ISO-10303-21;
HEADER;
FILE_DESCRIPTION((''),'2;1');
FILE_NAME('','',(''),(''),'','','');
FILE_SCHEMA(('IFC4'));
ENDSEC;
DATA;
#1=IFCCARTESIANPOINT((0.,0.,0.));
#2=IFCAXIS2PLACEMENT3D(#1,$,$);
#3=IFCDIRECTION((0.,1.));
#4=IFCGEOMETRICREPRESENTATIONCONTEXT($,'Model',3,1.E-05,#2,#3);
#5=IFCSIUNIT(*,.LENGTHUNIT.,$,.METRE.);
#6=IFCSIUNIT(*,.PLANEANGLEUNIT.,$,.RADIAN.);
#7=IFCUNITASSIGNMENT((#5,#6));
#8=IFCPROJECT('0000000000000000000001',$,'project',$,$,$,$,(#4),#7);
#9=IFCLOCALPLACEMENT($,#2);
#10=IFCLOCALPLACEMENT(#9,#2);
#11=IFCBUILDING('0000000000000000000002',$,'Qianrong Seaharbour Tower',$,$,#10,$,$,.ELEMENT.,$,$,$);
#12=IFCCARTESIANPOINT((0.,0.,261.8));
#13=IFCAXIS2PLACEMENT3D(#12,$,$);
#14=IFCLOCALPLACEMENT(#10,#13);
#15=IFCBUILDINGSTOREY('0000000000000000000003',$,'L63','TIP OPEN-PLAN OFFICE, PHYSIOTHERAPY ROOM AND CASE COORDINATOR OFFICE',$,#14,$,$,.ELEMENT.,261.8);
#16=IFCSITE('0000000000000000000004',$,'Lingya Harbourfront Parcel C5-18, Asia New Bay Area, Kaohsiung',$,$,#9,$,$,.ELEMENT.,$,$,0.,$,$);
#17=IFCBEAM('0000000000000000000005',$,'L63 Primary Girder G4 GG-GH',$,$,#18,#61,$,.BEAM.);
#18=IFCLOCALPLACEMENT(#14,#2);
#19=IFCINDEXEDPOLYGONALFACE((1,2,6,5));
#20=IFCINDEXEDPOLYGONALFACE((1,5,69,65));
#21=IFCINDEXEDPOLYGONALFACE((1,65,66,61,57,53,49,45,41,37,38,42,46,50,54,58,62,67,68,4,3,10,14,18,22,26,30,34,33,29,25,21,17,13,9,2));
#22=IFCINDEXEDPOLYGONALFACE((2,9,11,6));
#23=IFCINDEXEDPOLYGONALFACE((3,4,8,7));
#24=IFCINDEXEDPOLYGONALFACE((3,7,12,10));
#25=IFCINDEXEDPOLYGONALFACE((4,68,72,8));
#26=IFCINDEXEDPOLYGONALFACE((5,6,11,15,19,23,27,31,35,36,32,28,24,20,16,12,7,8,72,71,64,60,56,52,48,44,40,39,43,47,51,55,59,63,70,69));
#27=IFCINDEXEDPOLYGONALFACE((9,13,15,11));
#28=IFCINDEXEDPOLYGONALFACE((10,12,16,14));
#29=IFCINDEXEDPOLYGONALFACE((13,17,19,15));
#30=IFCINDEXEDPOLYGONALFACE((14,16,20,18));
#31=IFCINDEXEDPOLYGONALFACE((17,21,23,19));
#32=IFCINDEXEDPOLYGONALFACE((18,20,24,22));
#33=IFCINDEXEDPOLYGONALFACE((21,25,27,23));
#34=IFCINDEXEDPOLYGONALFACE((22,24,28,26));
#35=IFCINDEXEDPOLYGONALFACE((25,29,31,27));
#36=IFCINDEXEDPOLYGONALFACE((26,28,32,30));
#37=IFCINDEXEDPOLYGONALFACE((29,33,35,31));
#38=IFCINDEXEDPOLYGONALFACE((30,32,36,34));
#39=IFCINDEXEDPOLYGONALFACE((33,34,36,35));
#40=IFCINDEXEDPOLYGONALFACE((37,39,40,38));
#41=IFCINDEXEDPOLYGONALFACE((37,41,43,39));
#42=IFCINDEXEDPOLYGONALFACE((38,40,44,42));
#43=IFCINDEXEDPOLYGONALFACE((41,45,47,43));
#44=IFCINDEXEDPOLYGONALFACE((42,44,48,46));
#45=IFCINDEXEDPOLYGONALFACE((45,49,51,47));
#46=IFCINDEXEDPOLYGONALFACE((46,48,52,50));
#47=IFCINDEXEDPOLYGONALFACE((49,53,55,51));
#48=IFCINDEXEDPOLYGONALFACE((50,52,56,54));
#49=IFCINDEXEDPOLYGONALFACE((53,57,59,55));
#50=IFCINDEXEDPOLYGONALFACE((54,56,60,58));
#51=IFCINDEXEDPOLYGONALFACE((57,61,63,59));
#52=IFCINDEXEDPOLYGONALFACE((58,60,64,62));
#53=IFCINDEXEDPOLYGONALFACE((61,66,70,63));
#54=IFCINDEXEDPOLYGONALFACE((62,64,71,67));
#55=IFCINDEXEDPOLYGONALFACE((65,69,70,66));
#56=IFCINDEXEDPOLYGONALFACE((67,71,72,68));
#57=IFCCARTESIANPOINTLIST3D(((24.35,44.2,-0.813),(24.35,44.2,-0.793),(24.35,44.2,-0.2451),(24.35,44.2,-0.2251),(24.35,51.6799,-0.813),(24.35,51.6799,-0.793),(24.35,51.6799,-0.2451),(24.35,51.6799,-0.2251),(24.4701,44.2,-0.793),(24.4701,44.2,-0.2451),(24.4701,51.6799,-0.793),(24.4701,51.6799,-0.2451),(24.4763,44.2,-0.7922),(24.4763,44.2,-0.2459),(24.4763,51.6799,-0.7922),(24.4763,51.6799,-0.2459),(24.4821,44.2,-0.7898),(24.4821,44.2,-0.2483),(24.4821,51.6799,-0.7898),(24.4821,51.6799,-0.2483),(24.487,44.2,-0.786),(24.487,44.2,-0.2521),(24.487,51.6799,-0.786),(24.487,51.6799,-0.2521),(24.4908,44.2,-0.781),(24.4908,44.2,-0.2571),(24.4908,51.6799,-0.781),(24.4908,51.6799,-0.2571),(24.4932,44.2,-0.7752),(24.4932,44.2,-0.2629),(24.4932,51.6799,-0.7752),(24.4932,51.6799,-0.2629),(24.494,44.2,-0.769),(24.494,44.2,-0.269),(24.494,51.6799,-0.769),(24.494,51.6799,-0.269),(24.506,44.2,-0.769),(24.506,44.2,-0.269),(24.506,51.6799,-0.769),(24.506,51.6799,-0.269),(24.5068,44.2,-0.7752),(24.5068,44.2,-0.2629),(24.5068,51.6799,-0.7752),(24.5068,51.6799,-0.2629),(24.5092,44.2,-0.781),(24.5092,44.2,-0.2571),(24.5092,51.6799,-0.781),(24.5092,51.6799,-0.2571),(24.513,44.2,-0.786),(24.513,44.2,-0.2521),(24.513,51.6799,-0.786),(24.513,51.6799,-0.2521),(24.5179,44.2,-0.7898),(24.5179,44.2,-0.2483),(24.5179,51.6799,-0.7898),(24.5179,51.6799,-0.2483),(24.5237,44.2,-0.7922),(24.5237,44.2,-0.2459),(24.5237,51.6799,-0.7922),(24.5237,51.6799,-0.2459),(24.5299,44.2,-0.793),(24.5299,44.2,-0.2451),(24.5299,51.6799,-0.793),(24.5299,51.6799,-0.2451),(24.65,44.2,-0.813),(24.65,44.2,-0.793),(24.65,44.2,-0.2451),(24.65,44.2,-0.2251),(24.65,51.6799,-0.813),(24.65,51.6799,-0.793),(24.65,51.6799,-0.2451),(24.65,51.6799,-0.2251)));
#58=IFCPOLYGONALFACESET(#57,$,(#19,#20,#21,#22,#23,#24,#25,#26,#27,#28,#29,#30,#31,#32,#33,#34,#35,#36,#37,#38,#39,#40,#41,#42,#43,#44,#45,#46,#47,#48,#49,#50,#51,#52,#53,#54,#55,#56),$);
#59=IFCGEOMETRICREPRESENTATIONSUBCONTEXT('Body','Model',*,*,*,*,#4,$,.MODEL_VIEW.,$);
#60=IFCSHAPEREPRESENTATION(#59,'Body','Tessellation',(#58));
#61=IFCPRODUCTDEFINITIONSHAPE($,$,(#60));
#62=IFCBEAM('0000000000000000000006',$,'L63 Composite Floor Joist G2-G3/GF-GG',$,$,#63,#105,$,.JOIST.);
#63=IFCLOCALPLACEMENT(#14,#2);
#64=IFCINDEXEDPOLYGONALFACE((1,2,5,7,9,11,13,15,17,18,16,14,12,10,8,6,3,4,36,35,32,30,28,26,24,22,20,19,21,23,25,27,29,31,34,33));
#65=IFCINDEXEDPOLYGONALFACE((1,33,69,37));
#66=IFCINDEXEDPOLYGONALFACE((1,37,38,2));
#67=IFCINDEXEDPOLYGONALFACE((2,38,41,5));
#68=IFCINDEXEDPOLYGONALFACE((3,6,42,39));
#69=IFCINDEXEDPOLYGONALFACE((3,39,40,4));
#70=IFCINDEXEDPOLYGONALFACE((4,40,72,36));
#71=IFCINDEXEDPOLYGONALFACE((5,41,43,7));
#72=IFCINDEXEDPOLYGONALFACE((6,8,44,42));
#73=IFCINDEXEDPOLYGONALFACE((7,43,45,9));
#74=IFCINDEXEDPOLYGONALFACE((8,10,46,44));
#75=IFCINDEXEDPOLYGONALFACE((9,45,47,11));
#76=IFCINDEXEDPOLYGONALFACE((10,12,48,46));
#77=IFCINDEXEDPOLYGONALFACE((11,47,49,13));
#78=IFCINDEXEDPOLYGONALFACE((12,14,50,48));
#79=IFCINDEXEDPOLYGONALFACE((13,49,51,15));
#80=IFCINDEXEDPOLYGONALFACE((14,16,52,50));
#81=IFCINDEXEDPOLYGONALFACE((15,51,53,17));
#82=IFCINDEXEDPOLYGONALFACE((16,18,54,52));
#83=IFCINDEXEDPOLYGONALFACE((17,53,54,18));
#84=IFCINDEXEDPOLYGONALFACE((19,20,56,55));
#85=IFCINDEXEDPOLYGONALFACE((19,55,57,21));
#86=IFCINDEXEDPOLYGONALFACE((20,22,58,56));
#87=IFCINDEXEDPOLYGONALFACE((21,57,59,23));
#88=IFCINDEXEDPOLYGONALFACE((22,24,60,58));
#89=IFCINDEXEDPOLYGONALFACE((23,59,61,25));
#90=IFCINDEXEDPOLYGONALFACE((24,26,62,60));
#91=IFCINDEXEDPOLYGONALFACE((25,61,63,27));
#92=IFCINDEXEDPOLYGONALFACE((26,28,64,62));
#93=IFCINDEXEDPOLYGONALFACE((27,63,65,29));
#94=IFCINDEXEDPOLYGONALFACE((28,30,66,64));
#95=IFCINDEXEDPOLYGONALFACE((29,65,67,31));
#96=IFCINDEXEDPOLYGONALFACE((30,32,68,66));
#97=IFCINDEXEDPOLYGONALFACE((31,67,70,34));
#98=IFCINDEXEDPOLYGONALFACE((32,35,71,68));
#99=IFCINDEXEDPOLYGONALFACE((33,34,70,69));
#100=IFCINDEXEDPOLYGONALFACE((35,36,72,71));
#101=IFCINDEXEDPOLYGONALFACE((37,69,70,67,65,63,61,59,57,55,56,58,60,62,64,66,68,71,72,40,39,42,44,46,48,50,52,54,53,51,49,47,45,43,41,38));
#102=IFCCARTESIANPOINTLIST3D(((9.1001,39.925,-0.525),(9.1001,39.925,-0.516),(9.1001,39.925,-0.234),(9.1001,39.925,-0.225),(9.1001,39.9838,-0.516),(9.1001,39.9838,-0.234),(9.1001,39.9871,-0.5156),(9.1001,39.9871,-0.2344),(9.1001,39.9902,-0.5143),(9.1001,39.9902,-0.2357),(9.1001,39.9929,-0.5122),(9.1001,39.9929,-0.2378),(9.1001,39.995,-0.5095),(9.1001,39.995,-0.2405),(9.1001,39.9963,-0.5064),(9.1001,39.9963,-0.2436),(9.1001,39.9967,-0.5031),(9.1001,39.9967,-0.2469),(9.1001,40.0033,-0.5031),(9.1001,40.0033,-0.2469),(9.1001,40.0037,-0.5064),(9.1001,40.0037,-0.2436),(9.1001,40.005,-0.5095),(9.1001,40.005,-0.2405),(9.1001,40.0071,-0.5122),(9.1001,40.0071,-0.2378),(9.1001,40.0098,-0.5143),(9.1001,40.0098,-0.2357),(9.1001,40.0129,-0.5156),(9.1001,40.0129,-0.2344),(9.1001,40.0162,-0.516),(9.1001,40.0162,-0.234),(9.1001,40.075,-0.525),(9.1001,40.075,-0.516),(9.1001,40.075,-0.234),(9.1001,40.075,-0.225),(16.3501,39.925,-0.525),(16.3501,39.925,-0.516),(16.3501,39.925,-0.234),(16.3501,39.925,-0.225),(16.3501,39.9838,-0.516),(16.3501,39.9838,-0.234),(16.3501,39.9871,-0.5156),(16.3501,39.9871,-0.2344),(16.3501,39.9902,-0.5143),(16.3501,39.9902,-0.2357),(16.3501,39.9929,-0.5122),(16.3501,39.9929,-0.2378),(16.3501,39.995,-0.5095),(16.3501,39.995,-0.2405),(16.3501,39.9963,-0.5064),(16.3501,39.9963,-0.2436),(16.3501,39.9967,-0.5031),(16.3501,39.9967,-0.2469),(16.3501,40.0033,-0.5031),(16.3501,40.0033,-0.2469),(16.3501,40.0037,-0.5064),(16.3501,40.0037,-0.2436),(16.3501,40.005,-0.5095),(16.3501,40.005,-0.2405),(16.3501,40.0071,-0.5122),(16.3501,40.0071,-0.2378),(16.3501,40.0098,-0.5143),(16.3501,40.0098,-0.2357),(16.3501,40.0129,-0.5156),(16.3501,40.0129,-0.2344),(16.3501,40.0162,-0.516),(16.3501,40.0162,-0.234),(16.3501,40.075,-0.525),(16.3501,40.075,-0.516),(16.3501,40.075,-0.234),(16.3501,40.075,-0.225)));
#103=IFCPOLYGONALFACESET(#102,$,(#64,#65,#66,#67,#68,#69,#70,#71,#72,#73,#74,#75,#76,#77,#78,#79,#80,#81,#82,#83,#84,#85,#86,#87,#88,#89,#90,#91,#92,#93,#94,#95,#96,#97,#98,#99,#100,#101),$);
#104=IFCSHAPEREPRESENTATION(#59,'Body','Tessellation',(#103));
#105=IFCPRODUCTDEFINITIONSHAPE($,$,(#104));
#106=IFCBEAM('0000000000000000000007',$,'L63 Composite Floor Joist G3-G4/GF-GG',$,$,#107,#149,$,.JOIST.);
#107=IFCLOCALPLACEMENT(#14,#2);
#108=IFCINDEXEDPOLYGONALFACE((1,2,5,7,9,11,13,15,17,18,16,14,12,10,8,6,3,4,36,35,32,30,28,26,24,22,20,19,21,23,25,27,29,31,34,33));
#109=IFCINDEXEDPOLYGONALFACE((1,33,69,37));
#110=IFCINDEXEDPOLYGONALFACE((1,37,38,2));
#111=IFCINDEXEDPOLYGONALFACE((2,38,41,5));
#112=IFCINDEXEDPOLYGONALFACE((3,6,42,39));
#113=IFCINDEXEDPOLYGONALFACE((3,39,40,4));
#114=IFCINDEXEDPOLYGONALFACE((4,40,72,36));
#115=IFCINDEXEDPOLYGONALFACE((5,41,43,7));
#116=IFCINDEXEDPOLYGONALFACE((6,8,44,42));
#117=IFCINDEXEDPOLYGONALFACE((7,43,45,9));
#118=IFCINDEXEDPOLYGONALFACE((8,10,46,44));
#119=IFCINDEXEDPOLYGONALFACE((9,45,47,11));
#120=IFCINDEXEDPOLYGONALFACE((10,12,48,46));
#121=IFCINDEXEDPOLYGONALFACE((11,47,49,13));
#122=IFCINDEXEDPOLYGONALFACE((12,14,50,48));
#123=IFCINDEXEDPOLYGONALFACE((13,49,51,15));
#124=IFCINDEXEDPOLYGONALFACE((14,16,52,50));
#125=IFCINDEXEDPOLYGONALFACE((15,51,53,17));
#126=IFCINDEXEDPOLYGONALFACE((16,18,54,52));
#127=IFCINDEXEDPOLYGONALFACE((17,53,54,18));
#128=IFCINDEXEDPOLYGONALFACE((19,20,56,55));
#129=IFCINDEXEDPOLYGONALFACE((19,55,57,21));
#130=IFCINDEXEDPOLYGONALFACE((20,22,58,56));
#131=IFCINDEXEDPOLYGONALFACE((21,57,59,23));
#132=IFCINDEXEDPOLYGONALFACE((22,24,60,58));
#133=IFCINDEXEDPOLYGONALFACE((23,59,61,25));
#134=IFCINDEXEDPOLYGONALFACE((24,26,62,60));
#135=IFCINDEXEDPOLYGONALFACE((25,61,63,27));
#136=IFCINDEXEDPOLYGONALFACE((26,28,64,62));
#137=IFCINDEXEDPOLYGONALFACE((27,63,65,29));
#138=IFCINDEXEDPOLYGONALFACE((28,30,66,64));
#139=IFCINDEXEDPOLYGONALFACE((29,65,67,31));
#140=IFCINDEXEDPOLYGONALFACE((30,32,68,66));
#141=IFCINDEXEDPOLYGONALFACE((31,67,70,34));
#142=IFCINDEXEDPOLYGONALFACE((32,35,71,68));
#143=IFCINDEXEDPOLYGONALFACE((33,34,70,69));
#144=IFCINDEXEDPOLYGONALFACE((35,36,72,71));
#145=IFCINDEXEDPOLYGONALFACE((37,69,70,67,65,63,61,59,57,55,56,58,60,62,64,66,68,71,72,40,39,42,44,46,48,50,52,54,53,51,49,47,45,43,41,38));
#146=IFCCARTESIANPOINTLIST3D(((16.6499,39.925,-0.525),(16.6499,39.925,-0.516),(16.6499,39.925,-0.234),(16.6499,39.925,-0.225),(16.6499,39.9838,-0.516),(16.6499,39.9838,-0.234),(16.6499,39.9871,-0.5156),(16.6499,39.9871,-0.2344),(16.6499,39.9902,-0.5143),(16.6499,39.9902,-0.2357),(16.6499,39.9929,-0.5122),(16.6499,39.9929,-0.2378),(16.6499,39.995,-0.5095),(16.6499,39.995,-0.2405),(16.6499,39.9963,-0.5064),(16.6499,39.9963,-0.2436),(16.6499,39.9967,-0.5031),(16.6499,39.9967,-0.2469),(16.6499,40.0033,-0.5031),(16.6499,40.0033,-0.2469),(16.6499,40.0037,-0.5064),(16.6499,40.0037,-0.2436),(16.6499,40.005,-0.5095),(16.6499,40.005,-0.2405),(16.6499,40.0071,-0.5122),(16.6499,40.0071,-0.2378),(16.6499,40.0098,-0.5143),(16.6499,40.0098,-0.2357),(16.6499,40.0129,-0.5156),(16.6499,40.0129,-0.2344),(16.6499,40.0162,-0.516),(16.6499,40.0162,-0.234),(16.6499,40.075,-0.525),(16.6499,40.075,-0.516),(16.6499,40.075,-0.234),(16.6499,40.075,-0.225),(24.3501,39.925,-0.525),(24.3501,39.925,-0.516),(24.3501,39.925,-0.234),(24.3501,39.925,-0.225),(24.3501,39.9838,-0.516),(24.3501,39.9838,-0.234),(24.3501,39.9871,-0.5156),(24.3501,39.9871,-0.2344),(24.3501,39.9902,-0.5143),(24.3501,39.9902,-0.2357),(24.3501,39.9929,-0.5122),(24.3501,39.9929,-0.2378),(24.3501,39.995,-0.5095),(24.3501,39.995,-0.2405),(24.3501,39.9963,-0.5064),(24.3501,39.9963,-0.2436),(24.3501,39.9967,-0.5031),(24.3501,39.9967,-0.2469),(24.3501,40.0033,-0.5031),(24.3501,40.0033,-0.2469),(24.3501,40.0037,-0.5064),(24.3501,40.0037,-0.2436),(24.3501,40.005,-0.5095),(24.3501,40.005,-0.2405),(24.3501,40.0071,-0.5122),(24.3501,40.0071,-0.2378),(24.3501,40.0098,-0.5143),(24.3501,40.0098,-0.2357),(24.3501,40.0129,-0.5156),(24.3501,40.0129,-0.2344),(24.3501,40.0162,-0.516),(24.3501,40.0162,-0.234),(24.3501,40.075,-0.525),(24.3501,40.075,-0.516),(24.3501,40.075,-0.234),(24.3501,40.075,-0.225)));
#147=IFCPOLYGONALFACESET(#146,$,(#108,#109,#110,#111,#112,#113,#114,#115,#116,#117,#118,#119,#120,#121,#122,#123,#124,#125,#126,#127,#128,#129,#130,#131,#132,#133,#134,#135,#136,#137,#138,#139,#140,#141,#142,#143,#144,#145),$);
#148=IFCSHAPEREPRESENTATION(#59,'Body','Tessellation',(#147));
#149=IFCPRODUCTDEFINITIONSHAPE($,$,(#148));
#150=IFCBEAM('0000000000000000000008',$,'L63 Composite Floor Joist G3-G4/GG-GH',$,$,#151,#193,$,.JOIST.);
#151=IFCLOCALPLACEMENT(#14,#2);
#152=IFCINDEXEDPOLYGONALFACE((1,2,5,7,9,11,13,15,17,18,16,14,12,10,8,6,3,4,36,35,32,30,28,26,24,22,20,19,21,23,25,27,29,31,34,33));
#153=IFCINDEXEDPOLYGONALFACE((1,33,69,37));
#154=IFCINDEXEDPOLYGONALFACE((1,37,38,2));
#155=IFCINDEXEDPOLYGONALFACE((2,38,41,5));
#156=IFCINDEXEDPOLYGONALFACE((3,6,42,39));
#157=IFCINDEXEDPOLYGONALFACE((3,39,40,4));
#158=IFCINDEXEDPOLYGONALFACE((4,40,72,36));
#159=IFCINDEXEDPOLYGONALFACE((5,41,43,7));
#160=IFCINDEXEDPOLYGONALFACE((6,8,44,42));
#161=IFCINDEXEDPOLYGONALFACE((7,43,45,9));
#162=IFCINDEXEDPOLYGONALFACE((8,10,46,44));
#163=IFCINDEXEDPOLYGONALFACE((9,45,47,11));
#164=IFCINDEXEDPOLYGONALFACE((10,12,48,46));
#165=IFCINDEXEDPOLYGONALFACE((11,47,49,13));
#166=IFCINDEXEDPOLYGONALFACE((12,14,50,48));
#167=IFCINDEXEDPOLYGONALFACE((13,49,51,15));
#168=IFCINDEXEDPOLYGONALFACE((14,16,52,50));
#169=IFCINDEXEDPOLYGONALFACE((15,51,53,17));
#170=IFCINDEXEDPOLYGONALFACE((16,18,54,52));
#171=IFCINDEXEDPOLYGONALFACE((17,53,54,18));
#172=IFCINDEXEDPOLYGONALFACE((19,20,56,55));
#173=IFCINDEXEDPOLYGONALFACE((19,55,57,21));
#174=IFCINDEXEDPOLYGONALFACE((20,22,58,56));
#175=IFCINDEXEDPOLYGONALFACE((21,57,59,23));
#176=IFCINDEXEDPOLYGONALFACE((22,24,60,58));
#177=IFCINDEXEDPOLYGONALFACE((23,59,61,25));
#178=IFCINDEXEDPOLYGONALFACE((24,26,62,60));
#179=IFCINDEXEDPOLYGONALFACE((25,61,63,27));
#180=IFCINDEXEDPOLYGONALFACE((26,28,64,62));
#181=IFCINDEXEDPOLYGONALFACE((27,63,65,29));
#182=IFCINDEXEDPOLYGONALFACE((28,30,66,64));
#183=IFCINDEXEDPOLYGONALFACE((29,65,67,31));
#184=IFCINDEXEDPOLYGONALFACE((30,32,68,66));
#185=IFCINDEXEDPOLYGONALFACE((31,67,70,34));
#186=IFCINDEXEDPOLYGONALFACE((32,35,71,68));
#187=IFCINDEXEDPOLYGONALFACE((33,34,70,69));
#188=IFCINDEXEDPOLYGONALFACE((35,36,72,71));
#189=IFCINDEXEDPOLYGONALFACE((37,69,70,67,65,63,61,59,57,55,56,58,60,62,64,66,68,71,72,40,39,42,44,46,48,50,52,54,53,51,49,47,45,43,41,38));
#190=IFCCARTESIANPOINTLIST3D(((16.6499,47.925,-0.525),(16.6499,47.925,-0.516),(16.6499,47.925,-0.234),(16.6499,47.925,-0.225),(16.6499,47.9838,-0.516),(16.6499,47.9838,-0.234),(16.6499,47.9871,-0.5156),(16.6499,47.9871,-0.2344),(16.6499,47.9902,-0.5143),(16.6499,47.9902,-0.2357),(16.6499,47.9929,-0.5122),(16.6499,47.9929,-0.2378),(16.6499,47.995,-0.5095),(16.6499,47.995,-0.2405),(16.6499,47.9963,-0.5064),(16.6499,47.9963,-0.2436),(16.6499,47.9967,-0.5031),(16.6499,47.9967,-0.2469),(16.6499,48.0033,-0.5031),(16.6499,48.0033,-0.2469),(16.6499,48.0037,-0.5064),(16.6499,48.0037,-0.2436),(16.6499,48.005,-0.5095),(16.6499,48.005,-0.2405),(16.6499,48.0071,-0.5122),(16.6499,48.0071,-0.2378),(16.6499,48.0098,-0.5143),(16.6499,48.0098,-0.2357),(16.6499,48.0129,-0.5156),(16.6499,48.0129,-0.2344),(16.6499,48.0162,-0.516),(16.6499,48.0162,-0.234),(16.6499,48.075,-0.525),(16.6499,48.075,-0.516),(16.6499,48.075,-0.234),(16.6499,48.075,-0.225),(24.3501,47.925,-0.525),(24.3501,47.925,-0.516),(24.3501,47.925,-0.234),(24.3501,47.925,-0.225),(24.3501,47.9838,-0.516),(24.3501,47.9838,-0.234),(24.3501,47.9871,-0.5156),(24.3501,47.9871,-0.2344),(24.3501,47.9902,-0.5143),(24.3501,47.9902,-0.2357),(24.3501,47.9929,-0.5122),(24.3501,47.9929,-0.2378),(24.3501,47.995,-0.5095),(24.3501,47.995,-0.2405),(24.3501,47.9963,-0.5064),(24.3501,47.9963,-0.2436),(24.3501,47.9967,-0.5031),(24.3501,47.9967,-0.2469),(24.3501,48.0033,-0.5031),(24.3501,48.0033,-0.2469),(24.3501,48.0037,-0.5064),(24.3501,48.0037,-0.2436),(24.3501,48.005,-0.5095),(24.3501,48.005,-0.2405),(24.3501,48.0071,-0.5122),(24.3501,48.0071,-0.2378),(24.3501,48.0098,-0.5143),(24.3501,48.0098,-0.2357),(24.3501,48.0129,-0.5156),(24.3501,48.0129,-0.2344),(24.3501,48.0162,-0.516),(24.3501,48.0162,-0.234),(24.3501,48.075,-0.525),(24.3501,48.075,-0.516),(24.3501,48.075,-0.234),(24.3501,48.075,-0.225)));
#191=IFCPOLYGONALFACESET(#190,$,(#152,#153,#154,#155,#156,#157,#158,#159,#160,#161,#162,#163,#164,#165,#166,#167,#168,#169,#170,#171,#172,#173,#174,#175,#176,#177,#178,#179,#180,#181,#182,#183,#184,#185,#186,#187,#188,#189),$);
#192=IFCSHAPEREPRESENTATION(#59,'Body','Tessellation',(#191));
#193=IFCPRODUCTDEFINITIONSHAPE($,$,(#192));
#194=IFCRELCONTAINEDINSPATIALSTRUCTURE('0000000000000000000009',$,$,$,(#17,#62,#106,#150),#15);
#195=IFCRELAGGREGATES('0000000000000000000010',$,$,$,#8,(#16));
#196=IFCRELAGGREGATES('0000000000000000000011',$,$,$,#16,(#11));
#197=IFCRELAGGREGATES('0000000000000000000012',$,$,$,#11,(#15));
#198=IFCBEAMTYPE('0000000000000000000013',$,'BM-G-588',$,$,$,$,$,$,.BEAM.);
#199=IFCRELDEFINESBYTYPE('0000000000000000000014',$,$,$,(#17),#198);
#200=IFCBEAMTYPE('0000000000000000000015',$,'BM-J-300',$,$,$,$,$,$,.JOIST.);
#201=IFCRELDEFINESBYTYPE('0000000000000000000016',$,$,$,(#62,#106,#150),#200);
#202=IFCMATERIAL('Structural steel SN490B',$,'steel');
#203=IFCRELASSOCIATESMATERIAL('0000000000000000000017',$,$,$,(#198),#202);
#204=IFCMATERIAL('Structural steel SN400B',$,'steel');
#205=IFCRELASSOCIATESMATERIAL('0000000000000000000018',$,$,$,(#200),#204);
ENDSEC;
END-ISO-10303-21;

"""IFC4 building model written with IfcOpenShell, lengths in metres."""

from ifc_helpers import new_model, si_unit, direction, frame, origin, origin_2d, place, context, subcontext, project, spatial, i_section, extrude, material, material_profile, profile_set, type_object, element, save


model = new_model("IFC4")

# Units and contexts
model_context = context("Model", 3, precision=1e-05, world=origin(), true_north=direction((0.0, 1.0)))
body_context = subcontext(model_context, "Body", "Model", "MODEL_VIEW")
ifc_project = project(units=[si_unit("LENGTHUNIT", "METRE"), si_unit("PLANEANGLEUNIT", "RADIAN")], contexts=[model_context])

# Site, building, storey
site_placement = place(None, origin())
site = spatial("IfcSite", under=ifc_project, at=site_placement, Name="Lingya Harbourfront Parcel C5-18, Asia New Bay Area, Kaohsiung", CompositionType="ELEMENT", RefElevation=0.0)
building_placement = place(site_placement, origin())
building = spatial("IfcBuilding", under=site, at=building_placement, Name="Qianrong Seaharbour Tower", CompositionType="ELEMENT")
storey_placement = place(building_placement, frame((0.0, 0.0, 261.8)))
storey = spatial("IfcBuildingStorey", under=building, at=storey_placement, Name="L63", Description="TIP OPEN-PLAN OFFICE, PHYSIOTHERAPY ROOM AND CASE COORDINATOR OFFICE", CompositionType="ELEMENT", Elevation=261.8)

# Shared definitions
ifc_material_1 = material(Name="Structural steel SN490B", Category="steel")

# Beams
ifc_material_profile_1 = material_profile(ifc_material_1, i_section(OverallWidth=0.3, OverallDepth=0.5879, WebThickness=0.012, FlangeThickness=0.02, FilletRadius=0.0239, at=origin_2d()), Name="H588x300x12x20")
ifc_profile_set_1 = profile_set([ifc_material_profile_1], Name="Structural steel SN490B")
beam_type_1 = type_object("IfcBeamType", Name="BM-G-588", PredefinedType="BEAM", material=ifc_profile_set_1)
beam_1_placement = place(storey_placement, frame((24.5, 44.2, -0.519), z_axis=(0.0, 1.0, 0.0), x_axis=(-1.0, 0.0, 0.0)))
element("IfcBeam", 1, at=beam_1_placement, inside=storey, type_object=beam_type_1, Name="L63 Primary Girder G4 GG-GH", PredefinedType="BEAM", context=body_context, shape_type="SweptSolid", body=[
    extrude(i_section(OverallWidth=0.3, OverallDepth=0.5879, WebThickness=0.012, FlangeThickness=0.02, FilletRadius=0.0239, at=origin_2d()), origin(), (0.0, 0.0, 1.0), 7.48),
])
ifc_material_2 = material(Name="Structural steel SN400B", Category="steel")
ifc_material_profile_2 = material_profile(ifc_material_2, i_section(OverallWidth=0.1499, OverallDepth=0.3, WebThickness=0.0066, FlangeThickness=0.009, FilletRadius=0.0129, at=origin_2d()), Name="H300x150x6.5x9")
ifc_profile_set_2 = profile_set([ifc_material_profile_2], Name="Structural steel SN400B")
beam_type_2 = type_object("IfcBeamType", Name="BM-J-300", PredefinedType="JOIST", material=ifc_profile_set_2)
beam_2_placement = place(storey_placement, frame((9.1001, 40.0, -0.375), z_axis=(1.0, 0.0, 0.0), x_axis=(0.0, 1.0, 0.0)))
element("IfcBeam", 2, at=beam_2_placement, inside=storey, type_object=beam_type_2, Name="L63 Composite Floor Joist G2-G3/GF-GG", PredefinedType="JOIST", context=body_context, shape_type="SweptSolid", body=[
    extrude(i_section(OverallWidth=0.1499, OverallDepth=0.3, WebThickness=0.0066, FlangeThickness=0.009, FilletRadius=0.0129, at=origin_2d()), origin(), (0.0, 0.0, 1.0), 7.25),
])
for number, where, z_axis, x_axis, name in (
    (3, (16.6499, 40.0, -0.375), (1.0, 0.0, 0.0), (0.0, 1.0, 0.0), "L63 Composite Floor Joist G3-G4/GF-GG"),
    (4, (16.6499, 48.0, -0.375), (1.0, 0.0, 0.0), (0.0, 1.0, 0.0), "L63 Composite Floor Joist G3-G4/GG-GH"),
):
    element("IfcBeam", number, at=place(storey_placement, frame(where, z_axis=z_axis, x_axis=x_axis)), inside=storey, type_object=beam_type_2, Name=name, PredefinedType="JOIST", context=body_context, shape_type="SweptSolid", body=[
        extrude(i_section(OverallWidth=0.1499, OverallDepth=0.3, WebThickness=0.0066, FlangeThickness=0.009, FilletRadius=0.0129, at=origin_2d()), origin(), (0.0, 0.0, 1.0), 7.7002),
    ])

save(model, "model.ifc")
